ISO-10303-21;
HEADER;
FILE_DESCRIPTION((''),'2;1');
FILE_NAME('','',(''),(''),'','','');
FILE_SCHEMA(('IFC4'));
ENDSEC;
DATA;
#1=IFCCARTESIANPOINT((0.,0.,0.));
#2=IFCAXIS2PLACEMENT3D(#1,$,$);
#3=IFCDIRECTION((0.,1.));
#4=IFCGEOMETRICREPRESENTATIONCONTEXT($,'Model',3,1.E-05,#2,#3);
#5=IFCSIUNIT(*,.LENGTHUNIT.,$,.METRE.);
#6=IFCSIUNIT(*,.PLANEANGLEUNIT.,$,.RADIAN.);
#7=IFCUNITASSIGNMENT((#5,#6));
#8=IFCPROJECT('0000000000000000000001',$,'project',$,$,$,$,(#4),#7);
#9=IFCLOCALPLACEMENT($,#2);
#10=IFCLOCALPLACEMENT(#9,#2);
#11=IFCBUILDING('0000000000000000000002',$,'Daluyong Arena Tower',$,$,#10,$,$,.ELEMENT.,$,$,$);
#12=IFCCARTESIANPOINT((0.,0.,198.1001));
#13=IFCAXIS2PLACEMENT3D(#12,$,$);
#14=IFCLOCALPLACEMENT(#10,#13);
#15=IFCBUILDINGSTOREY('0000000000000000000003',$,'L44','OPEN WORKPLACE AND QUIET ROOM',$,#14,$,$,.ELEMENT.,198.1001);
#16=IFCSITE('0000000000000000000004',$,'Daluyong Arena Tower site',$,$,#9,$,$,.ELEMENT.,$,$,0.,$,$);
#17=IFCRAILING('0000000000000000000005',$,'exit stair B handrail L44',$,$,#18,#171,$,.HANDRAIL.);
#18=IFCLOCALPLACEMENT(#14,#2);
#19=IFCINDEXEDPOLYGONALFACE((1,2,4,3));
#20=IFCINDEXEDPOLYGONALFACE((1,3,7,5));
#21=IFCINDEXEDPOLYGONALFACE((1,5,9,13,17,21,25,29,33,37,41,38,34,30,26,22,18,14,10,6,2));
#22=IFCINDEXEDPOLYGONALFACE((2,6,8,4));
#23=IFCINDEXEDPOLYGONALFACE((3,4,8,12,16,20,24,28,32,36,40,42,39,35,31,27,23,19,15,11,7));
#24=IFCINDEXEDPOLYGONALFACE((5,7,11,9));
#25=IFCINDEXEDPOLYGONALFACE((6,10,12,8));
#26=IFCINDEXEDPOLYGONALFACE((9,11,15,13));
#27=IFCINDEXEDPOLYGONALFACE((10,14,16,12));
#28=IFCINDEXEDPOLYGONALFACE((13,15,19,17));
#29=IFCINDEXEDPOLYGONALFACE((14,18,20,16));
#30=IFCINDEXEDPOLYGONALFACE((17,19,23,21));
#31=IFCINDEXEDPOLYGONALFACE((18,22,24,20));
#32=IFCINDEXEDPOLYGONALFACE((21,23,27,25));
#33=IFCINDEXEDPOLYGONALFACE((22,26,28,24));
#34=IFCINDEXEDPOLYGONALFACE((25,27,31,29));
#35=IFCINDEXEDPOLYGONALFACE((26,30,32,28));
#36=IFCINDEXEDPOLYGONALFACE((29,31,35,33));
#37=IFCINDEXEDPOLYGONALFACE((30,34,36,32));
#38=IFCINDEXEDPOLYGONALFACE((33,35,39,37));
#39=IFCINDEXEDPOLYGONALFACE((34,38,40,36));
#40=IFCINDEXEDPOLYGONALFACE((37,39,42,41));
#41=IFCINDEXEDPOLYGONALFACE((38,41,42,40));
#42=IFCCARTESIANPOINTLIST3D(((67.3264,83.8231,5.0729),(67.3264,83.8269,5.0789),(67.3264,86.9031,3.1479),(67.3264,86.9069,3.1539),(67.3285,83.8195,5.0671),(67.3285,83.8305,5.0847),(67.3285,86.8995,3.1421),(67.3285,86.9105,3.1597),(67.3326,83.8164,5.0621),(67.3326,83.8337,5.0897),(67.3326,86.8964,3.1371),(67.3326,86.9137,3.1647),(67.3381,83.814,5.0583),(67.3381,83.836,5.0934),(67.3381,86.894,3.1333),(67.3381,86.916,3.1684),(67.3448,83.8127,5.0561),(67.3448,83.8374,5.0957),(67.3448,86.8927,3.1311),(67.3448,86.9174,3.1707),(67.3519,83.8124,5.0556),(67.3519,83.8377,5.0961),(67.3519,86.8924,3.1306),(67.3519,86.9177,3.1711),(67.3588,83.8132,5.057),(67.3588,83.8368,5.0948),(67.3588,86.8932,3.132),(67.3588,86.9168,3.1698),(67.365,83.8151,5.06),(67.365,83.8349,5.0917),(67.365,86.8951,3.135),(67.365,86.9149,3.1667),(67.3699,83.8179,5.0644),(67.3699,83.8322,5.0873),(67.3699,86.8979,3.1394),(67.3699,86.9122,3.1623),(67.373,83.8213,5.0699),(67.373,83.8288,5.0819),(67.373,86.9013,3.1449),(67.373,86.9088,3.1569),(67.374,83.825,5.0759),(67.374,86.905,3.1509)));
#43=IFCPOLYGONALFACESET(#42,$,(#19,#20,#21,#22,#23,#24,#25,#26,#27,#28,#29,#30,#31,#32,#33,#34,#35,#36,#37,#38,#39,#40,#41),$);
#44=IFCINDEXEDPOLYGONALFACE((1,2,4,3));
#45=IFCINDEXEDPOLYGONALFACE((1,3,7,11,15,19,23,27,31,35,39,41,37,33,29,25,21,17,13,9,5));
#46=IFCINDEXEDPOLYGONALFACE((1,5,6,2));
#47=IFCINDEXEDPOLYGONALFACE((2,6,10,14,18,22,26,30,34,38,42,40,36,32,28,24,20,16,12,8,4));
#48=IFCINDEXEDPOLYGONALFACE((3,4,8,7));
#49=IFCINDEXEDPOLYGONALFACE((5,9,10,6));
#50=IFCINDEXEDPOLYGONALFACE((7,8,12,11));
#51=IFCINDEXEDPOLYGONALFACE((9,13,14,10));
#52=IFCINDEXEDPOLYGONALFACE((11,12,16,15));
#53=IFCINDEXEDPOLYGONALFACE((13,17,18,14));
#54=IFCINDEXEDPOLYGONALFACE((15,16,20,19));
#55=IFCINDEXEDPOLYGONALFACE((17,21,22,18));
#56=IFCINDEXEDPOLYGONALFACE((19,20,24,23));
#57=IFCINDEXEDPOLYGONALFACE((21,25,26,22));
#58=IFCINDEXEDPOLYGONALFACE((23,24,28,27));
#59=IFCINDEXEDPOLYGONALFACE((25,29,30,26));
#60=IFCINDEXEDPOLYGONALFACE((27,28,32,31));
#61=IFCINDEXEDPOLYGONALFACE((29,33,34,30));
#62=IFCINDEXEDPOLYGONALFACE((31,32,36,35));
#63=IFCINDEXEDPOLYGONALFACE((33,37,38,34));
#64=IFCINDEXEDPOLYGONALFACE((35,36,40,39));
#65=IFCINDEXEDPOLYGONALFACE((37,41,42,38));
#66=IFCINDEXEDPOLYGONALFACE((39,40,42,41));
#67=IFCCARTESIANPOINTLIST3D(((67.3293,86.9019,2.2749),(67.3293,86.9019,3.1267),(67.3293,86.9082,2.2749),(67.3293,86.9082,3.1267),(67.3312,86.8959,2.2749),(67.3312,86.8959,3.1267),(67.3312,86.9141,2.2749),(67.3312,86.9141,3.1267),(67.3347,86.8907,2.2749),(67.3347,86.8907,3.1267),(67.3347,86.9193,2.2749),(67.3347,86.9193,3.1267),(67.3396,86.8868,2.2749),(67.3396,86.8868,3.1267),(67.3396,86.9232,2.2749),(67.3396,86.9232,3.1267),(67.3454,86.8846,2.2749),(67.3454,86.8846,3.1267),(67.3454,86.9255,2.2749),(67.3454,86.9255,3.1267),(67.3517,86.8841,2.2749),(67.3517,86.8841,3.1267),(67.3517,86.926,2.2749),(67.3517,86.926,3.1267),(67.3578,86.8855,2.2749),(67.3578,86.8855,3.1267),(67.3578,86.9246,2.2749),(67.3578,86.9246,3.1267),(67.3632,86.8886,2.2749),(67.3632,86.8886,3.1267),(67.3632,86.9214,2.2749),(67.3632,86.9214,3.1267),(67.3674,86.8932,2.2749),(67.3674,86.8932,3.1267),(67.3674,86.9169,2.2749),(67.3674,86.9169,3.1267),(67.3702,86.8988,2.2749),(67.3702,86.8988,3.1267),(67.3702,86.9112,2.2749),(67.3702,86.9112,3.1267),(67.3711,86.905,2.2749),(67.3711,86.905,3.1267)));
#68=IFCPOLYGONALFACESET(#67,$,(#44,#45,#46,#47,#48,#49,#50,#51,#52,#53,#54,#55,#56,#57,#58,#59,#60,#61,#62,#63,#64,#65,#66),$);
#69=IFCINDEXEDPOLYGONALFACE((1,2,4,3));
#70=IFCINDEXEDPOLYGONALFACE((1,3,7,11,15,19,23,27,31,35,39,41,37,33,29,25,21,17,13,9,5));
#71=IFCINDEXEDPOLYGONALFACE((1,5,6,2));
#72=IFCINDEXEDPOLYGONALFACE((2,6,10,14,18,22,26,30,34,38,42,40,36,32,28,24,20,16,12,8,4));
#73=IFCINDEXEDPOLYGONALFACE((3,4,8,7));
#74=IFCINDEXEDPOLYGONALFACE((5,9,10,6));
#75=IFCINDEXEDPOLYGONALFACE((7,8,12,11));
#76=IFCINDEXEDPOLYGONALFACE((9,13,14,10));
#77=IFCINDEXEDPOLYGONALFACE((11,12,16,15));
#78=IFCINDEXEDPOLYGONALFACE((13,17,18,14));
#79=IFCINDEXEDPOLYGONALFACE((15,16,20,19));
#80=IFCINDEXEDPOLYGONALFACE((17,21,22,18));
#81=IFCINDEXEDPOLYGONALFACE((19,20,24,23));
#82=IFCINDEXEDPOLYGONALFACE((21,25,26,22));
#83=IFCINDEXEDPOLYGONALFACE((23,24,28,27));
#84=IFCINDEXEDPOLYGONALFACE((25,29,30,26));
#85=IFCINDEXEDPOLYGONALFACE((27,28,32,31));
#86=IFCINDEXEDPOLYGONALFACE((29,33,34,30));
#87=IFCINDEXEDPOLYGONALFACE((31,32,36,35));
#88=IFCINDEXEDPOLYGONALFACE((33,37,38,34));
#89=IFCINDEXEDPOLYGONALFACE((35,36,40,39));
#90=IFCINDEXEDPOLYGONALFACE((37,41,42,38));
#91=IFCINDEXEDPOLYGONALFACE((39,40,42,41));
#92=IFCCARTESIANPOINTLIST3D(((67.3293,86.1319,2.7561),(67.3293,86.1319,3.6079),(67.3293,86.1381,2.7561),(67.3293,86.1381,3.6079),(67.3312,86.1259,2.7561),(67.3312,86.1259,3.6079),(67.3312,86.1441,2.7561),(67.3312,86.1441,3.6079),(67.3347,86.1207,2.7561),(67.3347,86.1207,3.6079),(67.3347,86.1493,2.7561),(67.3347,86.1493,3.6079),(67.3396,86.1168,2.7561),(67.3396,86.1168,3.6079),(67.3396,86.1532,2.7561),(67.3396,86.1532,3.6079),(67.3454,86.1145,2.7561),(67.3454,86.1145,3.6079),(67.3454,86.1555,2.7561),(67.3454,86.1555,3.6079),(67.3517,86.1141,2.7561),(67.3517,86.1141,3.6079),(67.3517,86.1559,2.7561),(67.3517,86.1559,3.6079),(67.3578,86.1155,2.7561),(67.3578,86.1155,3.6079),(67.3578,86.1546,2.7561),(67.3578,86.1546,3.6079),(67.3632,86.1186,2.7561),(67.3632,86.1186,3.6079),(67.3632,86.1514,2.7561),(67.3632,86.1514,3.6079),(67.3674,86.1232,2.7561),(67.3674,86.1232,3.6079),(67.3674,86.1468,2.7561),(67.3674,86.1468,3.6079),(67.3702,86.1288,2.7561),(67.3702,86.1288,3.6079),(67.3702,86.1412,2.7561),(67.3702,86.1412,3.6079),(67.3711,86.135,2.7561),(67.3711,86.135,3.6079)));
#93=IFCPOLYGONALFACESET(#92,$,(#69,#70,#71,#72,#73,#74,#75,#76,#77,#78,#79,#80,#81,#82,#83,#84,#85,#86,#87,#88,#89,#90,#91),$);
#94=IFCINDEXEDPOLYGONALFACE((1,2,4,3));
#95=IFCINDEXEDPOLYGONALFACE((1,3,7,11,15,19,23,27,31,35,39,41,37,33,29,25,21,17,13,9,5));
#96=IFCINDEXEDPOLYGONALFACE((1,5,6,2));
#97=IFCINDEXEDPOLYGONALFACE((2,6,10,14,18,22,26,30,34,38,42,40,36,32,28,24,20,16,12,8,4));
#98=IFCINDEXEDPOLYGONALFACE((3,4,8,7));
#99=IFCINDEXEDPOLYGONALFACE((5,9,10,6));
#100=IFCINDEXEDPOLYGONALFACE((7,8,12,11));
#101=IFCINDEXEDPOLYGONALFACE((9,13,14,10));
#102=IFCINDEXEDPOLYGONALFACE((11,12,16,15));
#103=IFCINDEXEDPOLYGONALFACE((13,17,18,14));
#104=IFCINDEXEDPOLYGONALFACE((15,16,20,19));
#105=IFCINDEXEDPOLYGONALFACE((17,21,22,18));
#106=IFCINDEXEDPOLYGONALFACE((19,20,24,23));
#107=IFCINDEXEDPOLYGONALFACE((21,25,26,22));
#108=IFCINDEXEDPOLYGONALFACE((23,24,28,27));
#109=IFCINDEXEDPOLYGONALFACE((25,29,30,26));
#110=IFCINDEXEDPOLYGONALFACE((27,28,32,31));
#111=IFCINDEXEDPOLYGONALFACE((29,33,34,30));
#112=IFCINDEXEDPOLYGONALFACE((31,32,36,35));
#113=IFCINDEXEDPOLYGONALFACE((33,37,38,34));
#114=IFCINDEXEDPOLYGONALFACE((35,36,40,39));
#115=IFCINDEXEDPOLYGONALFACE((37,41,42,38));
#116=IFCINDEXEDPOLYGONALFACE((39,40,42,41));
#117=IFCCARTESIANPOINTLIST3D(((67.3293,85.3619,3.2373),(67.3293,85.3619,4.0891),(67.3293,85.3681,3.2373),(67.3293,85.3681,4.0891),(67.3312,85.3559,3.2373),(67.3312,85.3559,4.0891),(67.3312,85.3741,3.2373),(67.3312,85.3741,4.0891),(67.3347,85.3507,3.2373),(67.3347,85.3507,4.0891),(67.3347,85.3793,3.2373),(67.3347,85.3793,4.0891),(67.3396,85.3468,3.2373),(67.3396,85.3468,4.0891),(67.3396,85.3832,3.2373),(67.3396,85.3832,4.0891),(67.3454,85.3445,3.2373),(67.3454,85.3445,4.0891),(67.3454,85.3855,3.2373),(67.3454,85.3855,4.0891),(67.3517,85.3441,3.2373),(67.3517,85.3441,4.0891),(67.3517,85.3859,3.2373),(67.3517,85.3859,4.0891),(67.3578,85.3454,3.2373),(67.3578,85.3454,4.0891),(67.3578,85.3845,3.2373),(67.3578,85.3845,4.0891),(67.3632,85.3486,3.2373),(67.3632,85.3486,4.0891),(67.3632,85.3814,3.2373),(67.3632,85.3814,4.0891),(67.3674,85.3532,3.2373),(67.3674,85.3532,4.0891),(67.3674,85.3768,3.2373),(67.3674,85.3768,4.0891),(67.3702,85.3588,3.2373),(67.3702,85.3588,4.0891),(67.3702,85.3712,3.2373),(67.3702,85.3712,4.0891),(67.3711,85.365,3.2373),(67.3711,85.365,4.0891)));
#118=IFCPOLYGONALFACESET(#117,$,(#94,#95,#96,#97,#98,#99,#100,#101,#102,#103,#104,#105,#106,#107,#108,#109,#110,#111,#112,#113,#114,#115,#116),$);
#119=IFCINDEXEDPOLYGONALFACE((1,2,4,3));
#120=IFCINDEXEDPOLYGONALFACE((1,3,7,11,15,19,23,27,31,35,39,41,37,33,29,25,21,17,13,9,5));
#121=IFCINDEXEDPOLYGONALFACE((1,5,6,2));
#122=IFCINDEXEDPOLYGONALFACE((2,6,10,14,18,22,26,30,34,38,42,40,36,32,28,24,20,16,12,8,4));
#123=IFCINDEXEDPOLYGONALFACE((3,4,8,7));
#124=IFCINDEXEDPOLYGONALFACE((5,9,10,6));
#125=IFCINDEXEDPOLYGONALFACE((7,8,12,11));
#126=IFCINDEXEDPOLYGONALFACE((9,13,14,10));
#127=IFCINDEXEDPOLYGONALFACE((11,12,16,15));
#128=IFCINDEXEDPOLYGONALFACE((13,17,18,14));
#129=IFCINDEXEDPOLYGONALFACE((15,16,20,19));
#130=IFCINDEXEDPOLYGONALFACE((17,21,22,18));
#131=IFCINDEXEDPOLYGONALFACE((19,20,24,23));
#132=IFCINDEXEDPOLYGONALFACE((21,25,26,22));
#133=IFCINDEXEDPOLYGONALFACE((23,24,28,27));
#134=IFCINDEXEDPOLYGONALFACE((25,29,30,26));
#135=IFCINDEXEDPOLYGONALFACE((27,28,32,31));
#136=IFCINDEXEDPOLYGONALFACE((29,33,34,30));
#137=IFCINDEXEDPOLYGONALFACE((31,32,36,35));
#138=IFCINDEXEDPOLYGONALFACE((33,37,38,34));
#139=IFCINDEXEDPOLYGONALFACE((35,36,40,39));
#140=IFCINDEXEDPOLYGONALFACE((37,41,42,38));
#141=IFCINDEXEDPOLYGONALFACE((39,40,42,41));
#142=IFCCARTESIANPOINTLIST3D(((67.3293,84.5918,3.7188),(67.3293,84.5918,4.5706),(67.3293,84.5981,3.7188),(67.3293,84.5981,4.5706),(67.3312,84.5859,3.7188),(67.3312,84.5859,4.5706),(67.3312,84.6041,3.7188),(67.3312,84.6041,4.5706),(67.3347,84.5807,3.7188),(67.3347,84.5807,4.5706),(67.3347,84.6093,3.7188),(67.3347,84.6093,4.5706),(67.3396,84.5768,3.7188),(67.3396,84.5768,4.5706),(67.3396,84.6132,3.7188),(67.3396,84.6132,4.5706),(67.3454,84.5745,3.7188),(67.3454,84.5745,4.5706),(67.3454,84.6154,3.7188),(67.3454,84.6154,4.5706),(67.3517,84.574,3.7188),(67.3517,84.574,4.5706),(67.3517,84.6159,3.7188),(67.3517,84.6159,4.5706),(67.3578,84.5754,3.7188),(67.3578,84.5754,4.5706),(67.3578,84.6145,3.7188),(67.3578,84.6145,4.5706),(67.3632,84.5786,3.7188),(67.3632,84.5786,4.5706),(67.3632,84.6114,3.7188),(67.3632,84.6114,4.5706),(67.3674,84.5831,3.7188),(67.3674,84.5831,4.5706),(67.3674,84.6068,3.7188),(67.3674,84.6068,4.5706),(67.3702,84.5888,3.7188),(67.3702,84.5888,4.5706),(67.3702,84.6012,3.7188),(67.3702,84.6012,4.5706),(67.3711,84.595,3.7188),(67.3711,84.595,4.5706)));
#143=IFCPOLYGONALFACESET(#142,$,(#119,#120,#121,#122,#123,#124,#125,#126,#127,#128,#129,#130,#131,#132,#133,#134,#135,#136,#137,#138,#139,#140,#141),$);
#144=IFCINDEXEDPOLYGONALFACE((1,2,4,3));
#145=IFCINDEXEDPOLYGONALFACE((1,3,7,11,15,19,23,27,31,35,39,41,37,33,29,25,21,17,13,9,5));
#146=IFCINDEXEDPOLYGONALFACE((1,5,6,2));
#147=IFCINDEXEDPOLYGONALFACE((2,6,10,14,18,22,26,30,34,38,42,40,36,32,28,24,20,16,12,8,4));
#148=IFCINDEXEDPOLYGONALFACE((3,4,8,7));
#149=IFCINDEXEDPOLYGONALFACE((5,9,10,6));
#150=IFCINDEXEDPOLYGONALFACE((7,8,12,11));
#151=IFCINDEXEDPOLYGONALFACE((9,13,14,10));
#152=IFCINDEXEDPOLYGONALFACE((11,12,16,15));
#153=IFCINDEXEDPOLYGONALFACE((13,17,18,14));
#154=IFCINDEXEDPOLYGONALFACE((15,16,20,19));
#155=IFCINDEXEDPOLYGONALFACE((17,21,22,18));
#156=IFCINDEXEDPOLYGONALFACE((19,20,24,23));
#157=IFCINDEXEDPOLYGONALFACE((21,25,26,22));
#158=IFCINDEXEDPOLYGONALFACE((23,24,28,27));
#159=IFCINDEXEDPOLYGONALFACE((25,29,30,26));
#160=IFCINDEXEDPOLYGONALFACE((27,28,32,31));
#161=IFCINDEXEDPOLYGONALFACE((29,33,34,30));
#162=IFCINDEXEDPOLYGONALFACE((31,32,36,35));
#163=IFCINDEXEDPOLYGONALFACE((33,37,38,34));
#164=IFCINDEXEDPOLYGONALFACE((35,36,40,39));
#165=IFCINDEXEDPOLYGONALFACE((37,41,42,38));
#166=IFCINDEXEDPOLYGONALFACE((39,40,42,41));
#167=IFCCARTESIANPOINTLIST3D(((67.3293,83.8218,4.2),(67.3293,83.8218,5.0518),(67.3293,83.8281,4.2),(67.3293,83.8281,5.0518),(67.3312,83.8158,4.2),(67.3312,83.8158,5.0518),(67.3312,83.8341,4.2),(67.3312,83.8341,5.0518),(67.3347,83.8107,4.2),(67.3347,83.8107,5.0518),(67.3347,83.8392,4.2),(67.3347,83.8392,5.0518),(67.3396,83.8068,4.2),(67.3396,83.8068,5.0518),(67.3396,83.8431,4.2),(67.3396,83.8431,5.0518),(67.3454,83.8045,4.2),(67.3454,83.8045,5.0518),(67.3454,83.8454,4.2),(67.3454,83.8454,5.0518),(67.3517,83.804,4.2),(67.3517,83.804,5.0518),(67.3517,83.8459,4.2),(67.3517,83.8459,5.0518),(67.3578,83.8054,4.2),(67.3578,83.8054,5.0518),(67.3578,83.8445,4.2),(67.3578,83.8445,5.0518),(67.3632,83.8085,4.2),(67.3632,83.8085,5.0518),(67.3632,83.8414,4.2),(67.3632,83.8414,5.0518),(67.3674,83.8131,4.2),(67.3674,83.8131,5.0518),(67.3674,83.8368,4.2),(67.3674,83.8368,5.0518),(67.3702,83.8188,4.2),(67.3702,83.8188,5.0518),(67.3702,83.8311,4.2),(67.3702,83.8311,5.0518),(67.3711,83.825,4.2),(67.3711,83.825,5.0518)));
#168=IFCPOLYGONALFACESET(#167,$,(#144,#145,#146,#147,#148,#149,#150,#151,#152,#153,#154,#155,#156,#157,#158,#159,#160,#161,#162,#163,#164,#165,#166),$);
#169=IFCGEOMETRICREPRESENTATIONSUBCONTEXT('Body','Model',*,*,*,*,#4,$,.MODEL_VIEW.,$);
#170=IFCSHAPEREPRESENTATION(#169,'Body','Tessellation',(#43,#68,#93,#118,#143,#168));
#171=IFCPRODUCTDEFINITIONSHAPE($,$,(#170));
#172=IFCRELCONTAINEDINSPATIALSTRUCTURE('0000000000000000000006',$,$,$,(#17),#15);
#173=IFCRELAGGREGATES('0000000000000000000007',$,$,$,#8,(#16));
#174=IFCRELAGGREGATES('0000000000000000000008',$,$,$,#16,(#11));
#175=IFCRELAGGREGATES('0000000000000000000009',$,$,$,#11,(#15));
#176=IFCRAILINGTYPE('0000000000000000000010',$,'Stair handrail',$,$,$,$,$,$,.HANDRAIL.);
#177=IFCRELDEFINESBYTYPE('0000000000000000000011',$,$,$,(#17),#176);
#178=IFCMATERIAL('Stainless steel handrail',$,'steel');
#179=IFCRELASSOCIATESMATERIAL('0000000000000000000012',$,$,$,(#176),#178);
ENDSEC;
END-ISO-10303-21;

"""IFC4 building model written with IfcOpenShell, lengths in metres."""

from ifc_helpers import new_model, si_unit, direction, frame, origin, origin_2d, place, context, subcontext, project, spatial, circle, extrude, material, type_object, element, save


model = new_model("IFC4")

# Units and contexts
model_context = context("Model", 3, precision=1e-05, world=origin(), true_north=direction((0.0, 1.0)))
body_context = subcontext(model_context, "Body", "Model", "MODEL_VIEW")
ifc_project = project(units=[si_unit("LENGTHUNIT", "METRE"), si_unit("PLANEANGLEUNIT", "RADIAN")], contexts=[model_context])

# Site, building, storey
site_placement = place(None, origin())
site = spatial("IfcSite", under=ifc_project, at=site_placement, Name="Daluyong Arena Tower site", CompositionType="ELEMENT", RefElevation=0.0)
building_placement = place(site_placement, origin())
building = spatial("IfcBuilding", under=site, at=building_placement, Name="Daluyong Arena Tower", CompositionType="ELEMENT")
storey_placement = place(building_placement, frame((0.0, 0.0, 198.1001)))
storey = spatial("IfcBuildingStorey", under=building, at=storey_placement, Name="L44", Description="OPEN WORKPLACE AND QUIET ROOM", CompositionType="ELEMENT", Elevation=198.1001)

# Railing
ifc_material_1 = material(Name="Stainless steel handrail", Category="steel")
railing_type_1 = type_object("IfcRailingType", Name="Stair handrail", PredefinedType="HANDRAIL", material=ifc_material_1)
railing_1_placement = place(storey_placement, frame((67.3501, 86.905, 2.2749)))
element("IfcRailing", 1, at=railing_1_placement, inside=storey, type_object=railing_type_1, Name="exit stair B handrail L44", PredefinedType="HANDRAIL", context=body_context, shape_type="SweptSolid", body=[
    extrude(circle(Radius=0.0239, at=origin_2d()), frame((0.0, 0.0, 0.876), z_axis=(0.0, -0.847998, 0.529999), x_axis=(1.0, 0.0, 0.0)), (0.0, 0.0, 1.0), 3.6321),
    extrude(circle(Radius=0.021, at=origin_2d()), origin(), (0.0, 0.0, 1.0), 0.8518),
    extrude(circle(Radius=0.021, at=origin_2d()), frame((0.0, -0.77, 0.4812)), (0.0, 0.0, 1.0), 0.8518),
    extrude(circle(Radius=0.021, at=origin_2d()), frame((0.0, -1.54, 0.9624)), (0.0, 0.0, 1.0), 0.8518),
    extrude(circle(Radius=0.021, at=origin_2d()), frame((0.0, -2.3101, 1.4438)), (0.0, 0.0, 1.0), 0.8518),
    extrude(circle(Radius=0.021, at=origin_2d()), frame((0.0, -3.0801, 1.925)), (0.0, 0.0, 1.0), 0.8518),
])

save(model, "model.ifc")
